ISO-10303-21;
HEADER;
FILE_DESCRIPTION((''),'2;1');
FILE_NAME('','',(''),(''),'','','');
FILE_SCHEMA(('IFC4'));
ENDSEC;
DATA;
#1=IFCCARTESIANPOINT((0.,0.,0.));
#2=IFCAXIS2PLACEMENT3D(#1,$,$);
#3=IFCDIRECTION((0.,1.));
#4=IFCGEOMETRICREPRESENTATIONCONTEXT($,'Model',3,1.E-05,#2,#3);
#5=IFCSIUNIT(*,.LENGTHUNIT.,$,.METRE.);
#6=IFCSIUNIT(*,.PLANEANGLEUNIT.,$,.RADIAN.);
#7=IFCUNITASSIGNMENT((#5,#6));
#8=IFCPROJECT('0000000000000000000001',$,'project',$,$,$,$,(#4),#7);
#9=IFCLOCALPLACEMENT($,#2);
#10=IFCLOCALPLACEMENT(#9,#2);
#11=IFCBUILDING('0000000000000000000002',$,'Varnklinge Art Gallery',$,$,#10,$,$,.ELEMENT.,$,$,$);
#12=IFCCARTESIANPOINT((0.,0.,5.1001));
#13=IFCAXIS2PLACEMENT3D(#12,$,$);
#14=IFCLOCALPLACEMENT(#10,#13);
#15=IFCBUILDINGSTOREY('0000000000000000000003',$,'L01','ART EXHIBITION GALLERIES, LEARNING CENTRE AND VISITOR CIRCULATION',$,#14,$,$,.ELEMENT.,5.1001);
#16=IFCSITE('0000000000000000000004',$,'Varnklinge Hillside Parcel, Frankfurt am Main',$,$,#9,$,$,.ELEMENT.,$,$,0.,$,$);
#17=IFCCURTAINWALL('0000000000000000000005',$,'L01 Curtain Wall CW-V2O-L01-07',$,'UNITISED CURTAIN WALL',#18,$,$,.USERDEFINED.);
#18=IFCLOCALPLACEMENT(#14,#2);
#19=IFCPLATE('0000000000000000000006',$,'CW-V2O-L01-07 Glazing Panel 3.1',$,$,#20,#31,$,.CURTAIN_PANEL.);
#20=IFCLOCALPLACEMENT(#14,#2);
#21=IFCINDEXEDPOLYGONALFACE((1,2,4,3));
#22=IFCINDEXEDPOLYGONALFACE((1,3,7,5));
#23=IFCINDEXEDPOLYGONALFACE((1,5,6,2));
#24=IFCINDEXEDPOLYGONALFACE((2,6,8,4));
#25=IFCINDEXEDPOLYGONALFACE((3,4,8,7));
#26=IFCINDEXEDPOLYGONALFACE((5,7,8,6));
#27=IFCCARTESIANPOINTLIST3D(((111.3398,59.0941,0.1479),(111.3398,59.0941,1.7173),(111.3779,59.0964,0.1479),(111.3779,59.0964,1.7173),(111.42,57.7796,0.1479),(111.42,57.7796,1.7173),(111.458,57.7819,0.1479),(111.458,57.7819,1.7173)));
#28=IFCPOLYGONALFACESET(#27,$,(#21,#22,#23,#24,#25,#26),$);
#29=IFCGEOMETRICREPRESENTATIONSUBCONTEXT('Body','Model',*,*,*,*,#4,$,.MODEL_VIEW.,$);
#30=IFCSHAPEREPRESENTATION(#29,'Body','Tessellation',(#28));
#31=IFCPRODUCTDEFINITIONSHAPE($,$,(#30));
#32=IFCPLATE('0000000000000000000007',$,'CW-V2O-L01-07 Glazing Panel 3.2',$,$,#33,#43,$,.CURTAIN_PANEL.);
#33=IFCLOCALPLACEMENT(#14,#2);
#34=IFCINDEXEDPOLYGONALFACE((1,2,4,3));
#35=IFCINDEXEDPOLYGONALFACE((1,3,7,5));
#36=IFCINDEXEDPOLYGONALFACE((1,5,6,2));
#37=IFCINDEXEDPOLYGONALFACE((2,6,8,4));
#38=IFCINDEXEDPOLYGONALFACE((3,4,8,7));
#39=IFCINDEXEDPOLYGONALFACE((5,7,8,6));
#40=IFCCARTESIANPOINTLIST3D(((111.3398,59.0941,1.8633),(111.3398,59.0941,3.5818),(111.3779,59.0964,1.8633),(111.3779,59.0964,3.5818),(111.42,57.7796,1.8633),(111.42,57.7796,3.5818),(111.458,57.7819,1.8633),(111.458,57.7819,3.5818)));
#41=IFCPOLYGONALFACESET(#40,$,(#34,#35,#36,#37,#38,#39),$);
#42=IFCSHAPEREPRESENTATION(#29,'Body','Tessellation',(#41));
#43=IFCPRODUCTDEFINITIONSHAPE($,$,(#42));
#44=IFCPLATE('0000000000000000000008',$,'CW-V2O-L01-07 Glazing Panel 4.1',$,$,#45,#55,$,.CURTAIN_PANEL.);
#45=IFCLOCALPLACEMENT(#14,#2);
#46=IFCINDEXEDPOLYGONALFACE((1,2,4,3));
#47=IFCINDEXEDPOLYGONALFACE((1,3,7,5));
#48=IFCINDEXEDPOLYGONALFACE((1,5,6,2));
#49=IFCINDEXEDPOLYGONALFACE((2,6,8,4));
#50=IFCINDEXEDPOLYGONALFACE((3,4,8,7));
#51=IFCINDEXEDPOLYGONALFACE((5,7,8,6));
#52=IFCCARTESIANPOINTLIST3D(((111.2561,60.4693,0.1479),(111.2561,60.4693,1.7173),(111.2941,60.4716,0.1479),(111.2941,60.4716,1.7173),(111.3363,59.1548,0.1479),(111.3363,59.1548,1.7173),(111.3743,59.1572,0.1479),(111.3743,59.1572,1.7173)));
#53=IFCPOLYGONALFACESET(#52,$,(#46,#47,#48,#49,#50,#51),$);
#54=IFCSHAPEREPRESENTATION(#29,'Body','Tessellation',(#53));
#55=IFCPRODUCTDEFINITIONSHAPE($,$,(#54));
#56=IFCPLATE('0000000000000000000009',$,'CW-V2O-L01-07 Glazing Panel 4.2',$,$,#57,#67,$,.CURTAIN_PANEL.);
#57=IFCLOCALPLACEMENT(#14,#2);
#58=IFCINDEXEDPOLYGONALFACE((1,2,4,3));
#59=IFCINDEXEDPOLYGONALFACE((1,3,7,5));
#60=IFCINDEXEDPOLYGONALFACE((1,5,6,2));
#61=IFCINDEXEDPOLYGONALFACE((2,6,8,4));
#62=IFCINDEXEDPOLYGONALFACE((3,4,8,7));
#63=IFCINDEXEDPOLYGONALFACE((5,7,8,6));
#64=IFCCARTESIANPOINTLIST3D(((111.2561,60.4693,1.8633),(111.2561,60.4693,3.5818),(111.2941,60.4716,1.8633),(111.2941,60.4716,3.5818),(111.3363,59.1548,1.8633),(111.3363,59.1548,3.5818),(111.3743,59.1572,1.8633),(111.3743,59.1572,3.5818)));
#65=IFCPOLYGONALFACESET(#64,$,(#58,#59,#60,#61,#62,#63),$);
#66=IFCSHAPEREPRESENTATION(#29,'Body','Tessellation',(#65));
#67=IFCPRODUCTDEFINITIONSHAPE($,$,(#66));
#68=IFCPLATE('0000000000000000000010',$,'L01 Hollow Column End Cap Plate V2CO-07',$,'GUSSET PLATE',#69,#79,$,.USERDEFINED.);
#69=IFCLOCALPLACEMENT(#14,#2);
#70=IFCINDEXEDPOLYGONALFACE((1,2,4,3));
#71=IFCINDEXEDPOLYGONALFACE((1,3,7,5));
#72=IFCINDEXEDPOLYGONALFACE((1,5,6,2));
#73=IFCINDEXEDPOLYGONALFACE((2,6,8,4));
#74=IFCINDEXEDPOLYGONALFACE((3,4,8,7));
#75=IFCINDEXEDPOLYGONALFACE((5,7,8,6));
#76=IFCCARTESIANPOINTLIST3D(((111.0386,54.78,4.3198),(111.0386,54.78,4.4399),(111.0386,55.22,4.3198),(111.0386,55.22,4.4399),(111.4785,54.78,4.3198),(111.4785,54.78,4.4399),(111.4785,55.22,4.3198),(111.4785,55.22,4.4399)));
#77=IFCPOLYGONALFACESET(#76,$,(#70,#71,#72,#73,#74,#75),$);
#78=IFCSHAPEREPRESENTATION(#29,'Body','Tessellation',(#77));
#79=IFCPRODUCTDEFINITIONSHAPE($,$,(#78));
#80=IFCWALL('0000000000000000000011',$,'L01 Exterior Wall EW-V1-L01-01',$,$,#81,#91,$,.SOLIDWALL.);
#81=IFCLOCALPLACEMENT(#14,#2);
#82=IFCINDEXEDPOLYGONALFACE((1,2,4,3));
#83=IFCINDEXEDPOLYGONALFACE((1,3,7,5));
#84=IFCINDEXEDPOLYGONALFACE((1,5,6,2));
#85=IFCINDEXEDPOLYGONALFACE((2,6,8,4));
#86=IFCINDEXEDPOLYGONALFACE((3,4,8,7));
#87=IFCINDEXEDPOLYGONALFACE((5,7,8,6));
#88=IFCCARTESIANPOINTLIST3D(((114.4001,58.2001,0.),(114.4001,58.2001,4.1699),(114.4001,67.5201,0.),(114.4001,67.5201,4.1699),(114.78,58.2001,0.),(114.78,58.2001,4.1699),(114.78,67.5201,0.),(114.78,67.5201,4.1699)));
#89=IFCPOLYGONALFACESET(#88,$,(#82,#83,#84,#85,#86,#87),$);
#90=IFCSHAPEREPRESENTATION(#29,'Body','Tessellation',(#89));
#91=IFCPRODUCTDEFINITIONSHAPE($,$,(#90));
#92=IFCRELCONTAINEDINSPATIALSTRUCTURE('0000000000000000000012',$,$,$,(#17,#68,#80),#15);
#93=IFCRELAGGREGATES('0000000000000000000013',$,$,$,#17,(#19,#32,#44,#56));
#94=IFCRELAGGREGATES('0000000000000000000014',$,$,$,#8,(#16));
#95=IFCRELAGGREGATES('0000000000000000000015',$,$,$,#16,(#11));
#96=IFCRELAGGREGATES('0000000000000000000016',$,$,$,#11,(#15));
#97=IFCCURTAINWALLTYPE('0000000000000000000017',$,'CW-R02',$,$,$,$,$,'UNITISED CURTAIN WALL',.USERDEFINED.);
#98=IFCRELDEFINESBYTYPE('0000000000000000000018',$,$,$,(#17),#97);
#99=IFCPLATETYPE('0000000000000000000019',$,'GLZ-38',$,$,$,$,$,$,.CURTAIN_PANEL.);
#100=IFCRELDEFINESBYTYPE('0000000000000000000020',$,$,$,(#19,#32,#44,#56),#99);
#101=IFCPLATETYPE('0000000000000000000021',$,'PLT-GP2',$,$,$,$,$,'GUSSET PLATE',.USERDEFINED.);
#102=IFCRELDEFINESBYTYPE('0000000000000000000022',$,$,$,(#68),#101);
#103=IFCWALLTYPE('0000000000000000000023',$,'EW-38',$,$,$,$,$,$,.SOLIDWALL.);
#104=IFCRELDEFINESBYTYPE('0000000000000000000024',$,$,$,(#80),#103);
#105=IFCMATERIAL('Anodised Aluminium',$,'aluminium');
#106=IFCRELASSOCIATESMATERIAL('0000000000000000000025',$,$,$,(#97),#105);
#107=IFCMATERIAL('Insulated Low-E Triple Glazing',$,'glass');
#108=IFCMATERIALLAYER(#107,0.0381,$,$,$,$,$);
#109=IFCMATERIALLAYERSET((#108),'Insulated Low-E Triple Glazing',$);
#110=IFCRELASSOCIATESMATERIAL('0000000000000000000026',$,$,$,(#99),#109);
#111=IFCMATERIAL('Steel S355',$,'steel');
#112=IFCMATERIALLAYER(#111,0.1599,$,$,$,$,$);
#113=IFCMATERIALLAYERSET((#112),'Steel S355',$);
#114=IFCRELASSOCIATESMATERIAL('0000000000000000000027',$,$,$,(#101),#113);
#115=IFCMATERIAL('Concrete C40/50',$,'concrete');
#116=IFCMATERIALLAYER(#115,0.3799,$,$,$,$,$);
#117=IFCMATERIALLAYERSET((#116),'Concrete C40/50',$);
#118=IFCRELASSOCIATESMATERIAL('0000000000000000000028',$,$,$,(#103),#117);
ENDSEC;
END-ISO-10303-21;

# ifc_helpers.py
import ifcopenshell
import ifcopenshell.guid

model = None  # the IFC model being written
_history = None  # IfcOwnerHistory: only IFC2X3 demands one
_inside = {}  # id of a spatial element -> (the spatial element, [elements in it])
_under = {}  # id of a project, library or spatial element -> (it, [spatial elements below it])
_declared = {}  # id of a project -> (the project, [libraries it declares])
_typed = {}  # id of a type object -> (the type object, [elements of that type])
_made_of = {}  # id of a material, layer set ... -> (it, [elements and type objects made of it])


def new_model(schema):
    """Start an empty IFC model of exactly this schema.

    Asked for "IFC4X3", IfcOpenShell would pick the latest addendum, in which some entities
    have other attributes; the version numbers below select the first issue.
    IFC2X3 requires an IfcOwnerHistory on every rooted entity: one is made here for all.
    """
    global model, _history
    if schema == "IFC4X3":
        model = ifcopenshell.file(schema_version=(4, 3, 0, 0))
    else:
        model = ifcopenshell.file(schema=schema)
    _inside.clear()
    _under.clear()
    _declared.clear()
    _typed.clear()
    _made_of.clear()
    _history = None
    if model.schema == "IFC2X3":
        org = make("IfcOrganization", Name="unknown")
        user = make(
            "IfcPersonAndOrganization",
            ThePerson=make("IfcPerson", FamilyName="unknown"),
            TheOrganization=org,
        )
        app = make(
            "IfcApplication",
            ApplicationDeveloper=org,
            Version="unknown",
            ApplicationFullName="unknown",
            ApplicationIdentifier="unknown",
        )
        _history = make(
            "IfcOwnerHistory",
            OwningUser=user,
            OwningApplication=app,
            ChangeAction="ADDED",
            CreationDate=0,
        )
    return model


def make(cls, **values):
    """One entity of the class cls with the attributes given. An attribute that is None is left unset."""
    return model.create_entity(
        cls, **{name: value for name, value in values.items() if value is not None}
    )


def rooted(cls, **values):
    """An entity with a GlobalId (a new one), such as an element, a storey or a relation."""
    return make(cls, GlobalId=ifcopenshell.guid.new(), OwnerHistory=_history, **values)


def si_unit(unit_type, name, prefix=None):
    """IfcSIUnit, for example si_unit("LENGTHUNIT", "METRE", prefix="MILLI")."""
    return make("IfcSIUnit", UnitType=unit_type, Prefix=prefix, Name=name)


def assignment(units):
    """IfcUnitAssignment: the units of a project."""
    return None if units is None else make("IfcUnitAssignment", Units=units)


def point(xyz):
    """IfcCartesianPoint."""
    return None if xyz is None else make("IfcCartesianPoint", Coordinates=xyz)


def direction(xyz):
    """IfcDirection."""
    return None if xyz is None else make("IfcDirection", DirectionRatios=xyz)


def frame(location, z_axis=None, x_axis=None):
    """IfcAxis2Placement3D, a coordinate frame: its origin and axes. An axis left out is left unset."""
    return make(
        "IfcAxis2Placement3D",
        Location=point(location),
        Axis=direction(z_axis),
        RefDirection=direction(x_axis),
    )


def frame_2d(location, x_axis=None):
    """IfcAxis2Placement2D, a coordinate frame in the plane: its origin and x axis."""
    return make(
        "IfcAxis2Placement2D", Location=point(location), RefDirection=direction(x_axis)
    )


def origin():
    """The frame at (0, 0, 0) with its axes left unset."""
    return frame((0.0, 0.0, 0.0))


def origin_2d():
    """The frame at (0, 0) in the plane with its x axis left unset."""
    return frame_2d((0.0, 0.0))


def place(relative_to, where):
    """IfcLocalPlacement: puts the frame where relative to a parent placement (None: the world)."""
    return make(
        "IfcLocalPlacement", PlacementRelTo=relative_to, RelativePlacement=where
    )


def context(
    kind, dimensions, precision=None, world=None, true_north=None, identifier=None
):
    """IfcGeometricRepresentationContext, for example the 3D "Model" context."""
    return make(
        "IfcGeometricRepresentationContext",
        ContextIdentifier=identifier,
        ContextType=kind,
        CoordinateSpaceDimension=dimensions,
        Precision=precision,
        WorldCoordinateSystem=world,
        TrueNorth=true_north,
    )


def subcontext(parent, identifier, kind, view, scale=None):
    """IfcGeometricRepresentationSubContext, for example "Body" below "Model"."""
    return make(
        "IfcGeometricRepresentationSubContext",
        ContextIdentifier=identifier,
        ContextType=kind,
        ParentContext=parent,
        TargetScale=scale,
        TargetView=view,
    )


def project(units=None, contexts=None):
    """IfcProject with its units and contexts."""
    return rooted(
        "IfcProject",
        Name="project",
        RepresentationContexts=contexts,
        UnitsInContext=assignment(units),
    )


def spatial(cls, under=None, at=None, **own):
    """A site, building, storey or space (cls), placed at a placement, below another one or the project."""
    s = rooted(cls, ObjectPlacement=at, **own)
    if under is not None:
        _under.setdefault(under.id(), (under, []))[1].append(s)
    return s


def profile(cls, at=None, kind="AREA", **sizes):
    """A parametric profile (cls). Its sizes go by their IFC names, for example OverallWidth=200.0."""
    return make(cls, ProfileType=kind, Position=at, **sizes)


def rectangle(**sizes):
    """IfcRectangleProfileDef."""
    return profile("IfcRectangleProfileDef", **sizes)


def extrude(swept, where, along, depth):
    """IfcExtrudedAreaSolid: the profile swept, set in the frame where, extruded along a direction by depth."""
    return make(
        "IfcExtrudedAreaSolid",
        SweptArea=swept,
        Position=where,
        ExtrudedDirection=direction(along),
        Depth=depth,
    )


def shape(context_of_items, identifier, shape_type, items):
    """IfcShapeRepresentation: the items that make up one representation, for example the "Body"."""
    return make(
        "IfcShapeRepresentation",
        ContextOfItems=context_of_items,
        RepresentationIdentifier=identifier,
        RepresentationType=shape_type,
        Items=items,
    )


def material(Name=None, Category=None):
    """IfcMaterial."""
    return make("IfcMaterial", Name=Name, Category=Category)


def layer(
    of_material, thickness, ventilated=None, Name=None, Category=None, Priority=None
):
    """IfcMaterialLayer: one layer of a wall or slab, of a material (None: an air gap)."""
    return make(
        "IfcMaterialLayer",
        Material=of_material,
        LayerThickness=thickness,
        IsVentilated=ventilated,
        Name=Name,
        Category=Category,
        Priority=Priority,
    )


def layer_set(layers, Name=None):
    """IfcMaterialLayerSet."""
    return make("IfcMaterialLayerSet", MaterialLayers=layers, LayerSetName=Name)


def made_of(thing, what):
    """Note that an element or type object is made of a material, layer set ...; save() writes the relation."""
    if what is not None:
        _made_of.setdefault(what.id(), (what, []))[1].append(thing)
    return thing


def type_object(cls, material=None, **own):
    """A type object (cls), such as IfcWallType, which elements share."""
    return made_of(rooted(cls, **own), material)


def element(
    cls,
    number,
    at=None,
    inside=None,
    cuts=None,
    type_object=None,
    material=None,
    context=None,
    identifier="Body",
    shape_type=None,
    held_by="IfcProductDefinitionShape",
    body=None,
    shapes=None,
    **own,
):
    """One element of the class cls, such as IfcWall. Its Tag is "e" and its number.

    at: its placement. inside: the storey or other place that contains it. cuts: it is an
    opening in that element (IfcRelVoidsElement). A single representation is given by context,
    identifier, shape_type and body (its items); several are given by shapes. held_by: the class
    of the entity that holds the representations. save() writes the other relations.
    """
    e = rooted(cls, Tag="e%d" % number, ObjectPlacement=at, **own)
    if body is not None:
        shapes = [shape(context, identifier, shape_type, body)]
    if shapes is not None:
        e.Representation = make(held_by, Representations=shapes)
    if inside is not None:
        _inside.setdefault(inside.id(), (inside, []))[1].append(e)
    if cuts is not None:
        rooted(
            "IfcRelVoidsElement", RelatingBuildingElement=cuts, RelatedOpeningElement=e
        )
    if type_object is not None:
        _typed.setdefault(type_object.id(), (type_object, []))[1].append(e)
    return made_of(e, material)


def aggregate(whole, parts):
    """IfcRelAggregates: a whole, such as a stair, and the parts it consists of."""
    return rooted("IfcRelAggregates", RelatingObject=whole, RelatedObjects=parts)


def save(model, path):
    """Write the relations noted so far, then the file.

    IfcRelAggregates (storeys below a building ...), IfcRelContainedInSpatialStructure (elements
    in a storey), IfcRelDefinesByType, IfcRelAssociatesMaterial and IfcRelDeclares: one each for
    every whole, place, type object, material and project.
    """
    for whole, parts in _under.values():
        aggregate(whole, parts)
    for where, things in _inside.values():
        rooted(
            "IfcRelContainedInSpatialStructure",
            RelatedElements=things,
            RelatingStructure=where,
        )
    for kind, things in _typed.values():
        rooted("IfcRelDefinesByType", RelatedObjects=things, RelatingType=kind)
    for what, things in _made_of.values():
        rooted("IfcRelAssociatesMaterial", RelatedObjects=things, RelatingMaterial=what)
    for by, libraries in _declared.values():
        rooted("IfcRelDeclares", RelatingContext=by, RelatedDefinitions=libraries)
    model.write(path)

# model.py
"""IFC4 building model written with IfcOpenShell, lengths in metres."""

from ifc_helpers import new_model, si_unit, direction, frame, frame_2d, origin, origin_2d, place, context, subcontext, project, spatial, rectangle, extrude, material, layer, layer_set, type_object, element, aggregate, save


model = new_model("IFC4")

# Units and contexts
model_context = context("Model", 3, precision=1e-05, world=origin(), true_north=direction((0.0, 1.0)))
body_context = subcontext(model_context, "Body", "Model", "MODEL_VIEW")
ifc_project = project(units=[si_unit("LENGTHUNIT", "METRE"), si_unit("PLANEANGLEUNIT", "RADIAN")], contexts=[model_context])

# Site, building, storey
site_placement = place(None, origin())
site = spatial("IfcSite", under=ifc_project, at=site_placement, Name="Varnklinge Hillside Parcel, Frankfurt am Main", CompositionType="ELEMENT", RefElevation=0.0)
building_placement = place(site_placement, origin())
building = spatial("IfcBuilding", under=site, at=building_placement, Name="Varnklinge Art Gallery", CompositionType="ELEMENT")
storey_placement = place(building_placement, frame((0.0, 0.0, 5.1001)))
storey = spatial("IfcBuildingStorey", under=building, at=storey_placement, Name="L01", Description="ART EXHIBITION GALLERIES, LEARNING CENTRE AND VISITOR CIRCULATION", CompositionType="ELEMENT", Elevation=5.1001)

# Curtain wall
ifc_material_1 = material(Name="Anodised Aluminium", Category="aluminium")
curtain_wall_type = type_object("IfcCurtainWallType", Name="CW-R02", ElementType="UNITISED CURTAIN WALL", PredefinedType="USERDEFINED", material=ifc_material_1)
curtain_wall_placement = place(storey_placement, origin())
curtain_wall = element("IfcCurtainWall", 1, at=curtain_wall_placement, inside=storey, type_object=curtain_wall_type, Name="L01 Curtain Wall CW-V2O-L01-07", ObjectType="UNITISED CURTAIN WALL", PredefinedType="USERDEFINED")

# Plates
ifc_material_2 = material(Name="Insulated Low-E Triple Glazing", Category="glass")
ifc_layer_1 = layer(ifc_material_2, 0.0381)
ifc_layer_set_1 = layer_set([ifc_layer_1], Name="Insulated Low-E Triple Glazing")
plate_type_1 = type_object("IfcPlateType", Name="GLZ-38", PredefinedType="CURTAIN_PANEL", material=ifc_layer_set_1)
plate_1_placement = place(storey_placement, frame((111.3989, 58.438, 0.1479), z_axis=(0.0, 0.0, 1.0), x_axis=(-0.060874, 0.998145, 0.0)))
plate_1 = element("IfcPlate", 2, at=plate_1_placement, type_object=plate_type_1, Name="CW-V2O-L01-07 Glazing Panel 3.1", PredefinedType="CURTAIN_PANEL", context=body_context, shape_type="SweptSolid", body=[
    extrude(rectangle(XDim=1.3169, YDim=0.0381, at=origin_2d()), origin(), (0.0, 0.0, 1.0), 1.5693),
])
plate_2_placement = place(storey_placement, frame((111.3989, 58.438, 1.8633), z_axis=(0.0, 0.0, 1.0), x_axis=(-0.060874, 0.998145, 0.0)))
plate_2 = element("IfcPlate", 3, at=plate_2_placement, type_object=plate_type_1, Name="CW-V2O-L01-07 Glazing Panel 3.2", PredefinedType="CURTAIN_PANEL", context=body_context, shape_type="SweptSolid", body=[
    extrude(rectangle(XDim=1.3169, YDim=0.0381, at=origin_2d()), origin(), (0.0, 0.0, 1.0), 1.7185),
])
plate_3_placement = place(storey_placement, frame((111.3152, 59.8132, 0.1479), z_axis=(0.0, 0.0, 1.0), x_axis=(-0.060874, 0.998145, 0.0)))
plate_3 = element("IfcPlate", 4, at=plate_3_placement, type_object=plate_type_1, Name="CW-V2O-L01-07 Glazing Panel 4.1", PredefinedType="CURTAIN_PANEL", context=body_context, shape_type="SweptSolid", body=[
    extrude(rectangle(XDim=1.3169, YDim=0.0381, at=origin_2d()), origin(), (0.0, 0.0, 1.0), 1.5693),
])
plate_4_placement = place(storey_placement, frame((111.3152, 59.8132, 1.8633), z_axis=(0.0, 0.0, 1.0), x_axis=(-0.060874, 0.998145, 0.0)))
plate_4 = element("IfcPlate", 5, at=plate_4_placement, type_object=plate_type_1, Name="CW-V2O-L01-07 Glazing Panel 4.2", PredefinedType="CURTAIN_PANEL", context=body_context, shape_type="SweptSolid", body=[
    extrude(rectangle(XDim=1.3169, YDim=0.0381, at=origin_2d()), origin(), (0.0, 0.0, 1.0), 1.7185),
])
aggregate(curtain_wall, [plate_1, plate_2, plate_3, plate_4])
ifc_material_3 = material(Name="Steel S355", Category="steel")
ifc_layer_2 = layer(ifc_material_3, 0.1599)
ifc_layer_set_2 = layer_set([ifc_layer_2], Name="Steel S355")
plate_type_2 = type_object("IfcPlateType", Name="PLT-GP2", ElementType="GUSSET PLATE", PredefinedType="USERDEFINED", material=ifc_layer_set_2)
plate_5_placement = place(storey_placement, frame((111.2585, 55.0, 4.3198), z_axis=(0.0, 0.0, 1.0), x_axis=(-1.0, 0.0, 0.0)))
element("IfcPlate", 6, at=plate_5_placement, inside=storey, type_object=plate_type_2, Name="L01 Hollow Column End Cap Plate V2CO-07", ObjectType="GUSSET PLATE", PredefinedType="USERDEFINED", context=body_context, shape_type="SweptSolid", body=[
    extrude(rectangle(XDim=0.4399, YDim=0.4399, at=origin_2d()), origin(), (0.0, 0.0, 1.0), 0.1201),
])

# Wall
ifc_material_4 = material(Name="Concrete C40/50", Category="concrete")
ifc_layer_3 = layer(ifc_material_4, 0.3799)
ifc_layer_set_3 = layer_set([ifc_layer_3], Name="Concrete C40/50")
wall_type = type_object("IfcWallType", Name="EW-38", PredefinedType="SOLIDWALL", material=ifc_layer_set_3)
wall_placement = place(storey_placement, frame((114.5901, 58.2, 0.0), z_axis=(0.0, 0.0, 1.0), x_axis=(0.0, 1.0, 0.0)))
element("IfcWall", 7, at=wall_placement, inside=storey, type_object=wall_type, Name="L01 Exterior Wall EW-V1-L01-01", PredefinedType="SOLIDWALL", context=body_context, shape_type="SweptSolid", body=[
    extrude(rectangle(XDim=9.3201, YDim=0.3799, at=frame_2d((4.6602, 0.0))), origin(), (0.0, 0.0, 1.0), 4.1699),
])

save(model, "model.ifc")
